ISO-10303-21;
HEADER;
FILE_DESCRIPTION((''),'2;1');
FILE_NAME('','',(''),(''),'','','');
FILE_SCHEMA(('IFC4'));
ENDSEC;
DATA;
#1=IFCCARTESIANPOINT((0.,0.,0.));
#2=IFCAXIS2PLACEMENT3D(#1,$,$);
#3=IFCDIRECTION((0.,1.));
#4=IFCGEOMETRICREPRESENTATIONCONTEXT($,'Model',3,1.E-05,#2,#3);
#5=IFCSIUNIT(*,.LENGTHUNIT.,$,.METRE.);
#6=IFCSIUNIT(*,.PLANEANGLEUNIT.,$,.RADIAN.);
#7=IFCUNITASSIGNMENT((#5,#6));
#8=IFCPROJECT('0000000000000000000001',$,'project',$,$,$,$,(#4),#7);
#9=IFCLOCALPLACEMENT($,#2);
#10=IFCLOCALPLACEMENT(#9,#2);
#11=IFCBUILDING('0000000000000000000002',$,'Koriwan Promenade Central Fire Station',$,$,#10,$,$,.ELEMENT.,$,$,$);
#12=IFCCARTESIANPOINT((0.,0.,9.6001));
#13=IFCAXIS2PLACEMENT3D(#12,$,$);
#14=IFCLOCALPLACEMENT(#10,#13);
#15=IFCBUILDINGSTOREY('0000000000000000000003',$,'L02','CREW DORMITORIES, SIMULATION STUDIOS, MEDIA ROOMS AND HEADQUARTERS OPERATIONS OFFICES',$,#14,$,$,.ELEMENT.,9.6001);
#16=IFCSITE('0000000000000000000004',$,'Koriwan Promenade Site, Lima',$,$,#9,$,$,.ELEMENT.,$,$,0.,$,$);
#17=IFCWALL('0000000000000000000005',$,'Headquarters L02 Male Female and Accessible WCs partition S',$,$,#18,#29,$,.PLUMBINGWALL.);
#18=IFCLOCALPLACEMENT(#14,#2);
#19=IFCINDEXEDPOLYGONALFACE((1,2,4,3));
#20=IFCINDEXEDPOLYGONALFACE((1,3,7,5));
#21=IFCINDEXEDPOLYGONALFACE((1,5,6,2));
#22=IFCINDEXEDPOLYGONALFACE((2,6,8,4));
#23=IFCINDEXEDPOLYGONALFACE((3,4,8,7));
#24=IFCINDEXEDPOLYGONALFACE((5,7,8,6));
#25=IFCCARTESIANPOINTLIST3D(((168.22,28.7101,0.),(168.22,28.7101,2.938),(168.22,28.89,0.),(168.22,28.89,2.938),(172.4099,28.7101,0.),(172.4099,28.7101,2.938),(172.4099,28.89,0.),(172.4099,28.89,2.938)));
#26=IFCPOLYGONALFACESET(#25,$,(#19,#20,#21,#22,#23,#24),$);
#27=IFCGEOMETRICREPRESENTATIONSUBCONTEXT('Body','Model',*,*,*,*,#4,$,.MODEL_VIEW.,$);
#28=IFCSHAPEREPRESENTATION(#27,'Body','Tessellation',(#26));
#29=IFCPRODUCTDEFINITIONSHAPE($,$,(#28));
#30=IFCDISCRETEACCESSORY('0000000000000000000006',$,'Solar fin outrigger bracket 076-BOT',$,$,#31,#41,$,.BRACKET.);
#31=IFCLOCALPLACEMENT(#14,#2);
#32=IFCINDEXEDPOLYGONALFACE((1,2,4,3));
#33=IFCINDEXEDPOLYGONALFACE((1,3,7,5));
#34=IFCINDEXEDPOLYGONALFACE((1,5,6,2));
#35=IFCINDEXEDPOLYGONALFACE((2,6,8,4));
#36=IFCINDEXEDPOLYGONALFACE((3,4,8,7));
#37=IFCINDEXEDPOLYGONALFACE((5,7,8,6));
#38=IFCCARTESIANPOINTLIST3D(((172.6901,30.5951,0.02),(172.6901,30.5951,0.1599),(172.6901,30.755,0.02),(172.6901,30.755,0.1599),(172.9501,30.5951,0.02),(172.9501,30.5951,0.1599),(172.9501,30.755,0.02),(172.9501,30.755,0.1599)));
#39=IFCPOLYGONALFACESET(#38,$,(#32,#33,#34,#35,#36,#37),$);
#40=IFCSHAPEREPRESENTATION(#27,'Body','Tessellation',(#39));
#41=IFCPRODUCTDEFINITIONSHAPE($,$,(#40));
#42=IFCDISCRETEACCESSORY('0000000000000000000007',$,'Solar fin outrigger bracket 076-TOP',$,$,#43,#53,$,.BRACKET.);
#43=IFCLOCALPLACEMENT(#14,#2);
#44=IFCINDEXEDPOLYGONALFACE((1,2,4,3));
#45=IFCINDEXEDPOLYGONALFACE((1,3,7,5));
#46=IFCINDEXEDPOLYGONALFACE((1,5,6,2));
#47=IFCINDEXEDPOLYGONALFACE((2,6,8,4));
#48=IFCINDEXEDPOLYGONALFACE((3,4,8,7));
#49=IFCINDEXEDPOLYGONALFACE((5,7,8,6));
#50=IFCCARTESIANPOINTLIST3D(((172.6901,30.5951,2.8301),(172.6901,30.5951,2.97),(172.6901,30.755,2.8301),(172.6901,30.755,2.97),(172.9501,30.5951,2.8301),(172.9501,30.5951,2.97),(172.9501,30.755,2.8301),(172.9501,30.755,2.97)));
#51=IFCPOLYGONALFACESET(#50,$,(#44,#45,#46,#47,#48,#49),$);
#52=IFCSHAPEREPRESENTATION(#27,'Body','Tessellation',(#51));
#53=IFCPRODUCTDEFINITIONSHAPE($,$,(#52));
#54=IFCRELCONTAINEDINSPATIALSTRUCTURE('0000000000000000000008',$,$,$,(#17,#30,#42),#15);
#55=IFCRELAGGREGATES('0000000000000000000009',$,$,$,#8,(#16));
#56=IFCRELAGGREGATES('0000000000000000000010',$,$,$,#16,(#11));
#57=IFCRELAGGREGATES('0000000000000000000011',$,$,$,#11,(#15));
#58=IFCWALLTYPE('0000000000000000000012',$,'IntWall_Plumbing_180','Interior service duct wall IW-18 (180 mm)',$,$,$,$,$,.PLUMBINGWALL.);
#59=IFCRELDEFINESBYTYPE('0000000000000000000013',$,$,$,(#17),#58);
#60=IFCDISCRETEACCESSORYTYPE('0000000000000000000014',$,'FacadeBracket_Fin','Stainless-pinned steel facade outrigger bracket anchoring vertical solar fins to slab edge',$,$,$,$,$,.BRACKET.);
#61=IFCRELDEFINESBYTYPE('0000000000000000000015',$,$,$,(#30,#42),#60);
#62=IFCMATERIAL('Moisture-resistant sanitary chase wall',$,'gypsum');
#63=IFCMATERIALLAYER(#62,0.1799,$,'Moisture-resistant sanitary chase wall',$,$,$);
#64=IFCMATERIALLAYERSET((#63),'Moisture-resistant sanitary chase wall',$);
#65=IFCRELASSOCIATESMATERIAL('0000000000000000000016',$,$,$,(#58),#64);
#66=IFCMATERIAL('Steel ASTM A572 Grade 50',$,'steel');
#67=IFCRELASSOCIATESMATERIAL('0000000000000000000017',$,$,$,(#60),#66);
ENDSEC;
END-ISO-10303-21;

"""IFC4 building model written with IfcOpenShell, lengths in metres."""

from ifc_helpers import new_model, si_unit, direction, frame, frame_2d, origin, origin_2d, place, context, subcontext, project, spatial, rectangle, extrude, material, layer, layer_set, type_object, element, save


model = new_model("IFC4")

# Units and contexts
model_context = context("Model", 3, precision=1e-05, world=origin(), true_north=direction((0.0, 1.0)))
body_context = subcontext(model_context, "Body", "Model", "MODEL_VIEW")
ifc_project = project(units=[si_unit("LENGTHUNIT", "METRE"), si_unit("PLANEANGLEUNIT", "RADIAN")], contexts=[model_context])

# Site, building, storey
site_placement = place(None, origin())
site = spatial("IfcSite", under=ifc_project, at=site_placement, Name="Koriwan Promenade Site, Lima", CompositionType="ELEMENT", RefElevation=0.0)
building_placement = place(site_placement, origin())
building = spatial("IfcBuilding", under=site, at=building_placement, Name="Koriwan Promenade Central Fire Station", CompositionType="ELEMENT")
storey_placement = place(building_placement, frame((0.0, 0.0, 9.6001)))
storey = spatial("IfcBuildingStorey", under=building, at=storey_placement, Name="L02", Description="CREW DORMITORIES, SIMULATION STUDIOS, MEDIA ROOMS AND HEADQUARTERS OPERATIONS OFFICES", CompositionType="ELEMENT", Elevation=9.6001)

# Shared definitions
ifc_material_1 = material(Name="Moisture-resistant sanitary chase wall", Category="gypsum")
ifc_layer_1 = layer(ifc_material_1, 0.1799, Name="Moisture-resistant sanitary chase wall")
ifc_layer_set_1 = layer_set([ifc_layer_1], Name="Moisture-resistant sanitary chase wall")
wall_type = type_object("IfcWallType", Name="IntWall_Plumbing_180", Description="Interior service duct wall IW-18 (180 mm)", PredefinedType="PLUMBINGWALL", material=ifc_layer_set_1)

# Wall
wall_1_placement = place(storey_placement, frame((168.22, 28.8, 0.0), z_axis=(0.0, 0.0, 1.0), x_axis=(1.0, 0.0, 0.0)))
element("IfcWall", 1, at=wall_1_placement, inside=storey, type_object=wall_type, Name="Headquarters L02 Male Female and Accessible WCs partition S", PredefinedType="PLUMBINGWALL", context=body_context, shape_type="SweptSolid", body=[
    extrude(rectangle(XDim=4.1899, YDim=0.1799, at=frame_2d((2.095, 0.0))), origin(), (0.0, 0.0, 1.0), 2.938),
])

# Discrete accessories
ifc_material_2 = material(Name="Steel ASTM A572 Grade 50", Category="steel")
discrete_accessory_type = type_object("IfcDiscreteAccessoryType", Name="FacadeBracket_Fin", Description="Stainless-pinned steel facade outrigger bracket anchoring vertical solar fins to slab edge", PredefinedType="BRACKET", material=ifc_material_2)
for number, where, z_axis, x_axis, name in (
    (2, (172.8201, 30.675, 0.02), (0.0, 0.0, 1.0), (1.0, 0.0, 0.0), "Solar fin outrigger bracket 076-BOT"),
    (3, (172.8201, 30.675, 2.8301), (0.0, 0.0, 1.0), (1.0, 0.0, 0.0), "Solar fin outrigger bracket 076-TOP"),
):
    element("IfcDiscreteAccessory", number, at=place(storey_placement, frame(where, z_axis=z_axis, x_axis=x_axis)), inside=storey, type_object=discrete_accessory_type, Name=name, PredefinedType="BRACKET", context=body_context, shape_type="SweptSolid", body=[
        extrude(rectangle(XDim=0.26, YDim=0.1599, at=origin_2d()), origin(), (0.0, 0.0, 1.0), 0.1399),
    ])

save(model, "model.ifc")
